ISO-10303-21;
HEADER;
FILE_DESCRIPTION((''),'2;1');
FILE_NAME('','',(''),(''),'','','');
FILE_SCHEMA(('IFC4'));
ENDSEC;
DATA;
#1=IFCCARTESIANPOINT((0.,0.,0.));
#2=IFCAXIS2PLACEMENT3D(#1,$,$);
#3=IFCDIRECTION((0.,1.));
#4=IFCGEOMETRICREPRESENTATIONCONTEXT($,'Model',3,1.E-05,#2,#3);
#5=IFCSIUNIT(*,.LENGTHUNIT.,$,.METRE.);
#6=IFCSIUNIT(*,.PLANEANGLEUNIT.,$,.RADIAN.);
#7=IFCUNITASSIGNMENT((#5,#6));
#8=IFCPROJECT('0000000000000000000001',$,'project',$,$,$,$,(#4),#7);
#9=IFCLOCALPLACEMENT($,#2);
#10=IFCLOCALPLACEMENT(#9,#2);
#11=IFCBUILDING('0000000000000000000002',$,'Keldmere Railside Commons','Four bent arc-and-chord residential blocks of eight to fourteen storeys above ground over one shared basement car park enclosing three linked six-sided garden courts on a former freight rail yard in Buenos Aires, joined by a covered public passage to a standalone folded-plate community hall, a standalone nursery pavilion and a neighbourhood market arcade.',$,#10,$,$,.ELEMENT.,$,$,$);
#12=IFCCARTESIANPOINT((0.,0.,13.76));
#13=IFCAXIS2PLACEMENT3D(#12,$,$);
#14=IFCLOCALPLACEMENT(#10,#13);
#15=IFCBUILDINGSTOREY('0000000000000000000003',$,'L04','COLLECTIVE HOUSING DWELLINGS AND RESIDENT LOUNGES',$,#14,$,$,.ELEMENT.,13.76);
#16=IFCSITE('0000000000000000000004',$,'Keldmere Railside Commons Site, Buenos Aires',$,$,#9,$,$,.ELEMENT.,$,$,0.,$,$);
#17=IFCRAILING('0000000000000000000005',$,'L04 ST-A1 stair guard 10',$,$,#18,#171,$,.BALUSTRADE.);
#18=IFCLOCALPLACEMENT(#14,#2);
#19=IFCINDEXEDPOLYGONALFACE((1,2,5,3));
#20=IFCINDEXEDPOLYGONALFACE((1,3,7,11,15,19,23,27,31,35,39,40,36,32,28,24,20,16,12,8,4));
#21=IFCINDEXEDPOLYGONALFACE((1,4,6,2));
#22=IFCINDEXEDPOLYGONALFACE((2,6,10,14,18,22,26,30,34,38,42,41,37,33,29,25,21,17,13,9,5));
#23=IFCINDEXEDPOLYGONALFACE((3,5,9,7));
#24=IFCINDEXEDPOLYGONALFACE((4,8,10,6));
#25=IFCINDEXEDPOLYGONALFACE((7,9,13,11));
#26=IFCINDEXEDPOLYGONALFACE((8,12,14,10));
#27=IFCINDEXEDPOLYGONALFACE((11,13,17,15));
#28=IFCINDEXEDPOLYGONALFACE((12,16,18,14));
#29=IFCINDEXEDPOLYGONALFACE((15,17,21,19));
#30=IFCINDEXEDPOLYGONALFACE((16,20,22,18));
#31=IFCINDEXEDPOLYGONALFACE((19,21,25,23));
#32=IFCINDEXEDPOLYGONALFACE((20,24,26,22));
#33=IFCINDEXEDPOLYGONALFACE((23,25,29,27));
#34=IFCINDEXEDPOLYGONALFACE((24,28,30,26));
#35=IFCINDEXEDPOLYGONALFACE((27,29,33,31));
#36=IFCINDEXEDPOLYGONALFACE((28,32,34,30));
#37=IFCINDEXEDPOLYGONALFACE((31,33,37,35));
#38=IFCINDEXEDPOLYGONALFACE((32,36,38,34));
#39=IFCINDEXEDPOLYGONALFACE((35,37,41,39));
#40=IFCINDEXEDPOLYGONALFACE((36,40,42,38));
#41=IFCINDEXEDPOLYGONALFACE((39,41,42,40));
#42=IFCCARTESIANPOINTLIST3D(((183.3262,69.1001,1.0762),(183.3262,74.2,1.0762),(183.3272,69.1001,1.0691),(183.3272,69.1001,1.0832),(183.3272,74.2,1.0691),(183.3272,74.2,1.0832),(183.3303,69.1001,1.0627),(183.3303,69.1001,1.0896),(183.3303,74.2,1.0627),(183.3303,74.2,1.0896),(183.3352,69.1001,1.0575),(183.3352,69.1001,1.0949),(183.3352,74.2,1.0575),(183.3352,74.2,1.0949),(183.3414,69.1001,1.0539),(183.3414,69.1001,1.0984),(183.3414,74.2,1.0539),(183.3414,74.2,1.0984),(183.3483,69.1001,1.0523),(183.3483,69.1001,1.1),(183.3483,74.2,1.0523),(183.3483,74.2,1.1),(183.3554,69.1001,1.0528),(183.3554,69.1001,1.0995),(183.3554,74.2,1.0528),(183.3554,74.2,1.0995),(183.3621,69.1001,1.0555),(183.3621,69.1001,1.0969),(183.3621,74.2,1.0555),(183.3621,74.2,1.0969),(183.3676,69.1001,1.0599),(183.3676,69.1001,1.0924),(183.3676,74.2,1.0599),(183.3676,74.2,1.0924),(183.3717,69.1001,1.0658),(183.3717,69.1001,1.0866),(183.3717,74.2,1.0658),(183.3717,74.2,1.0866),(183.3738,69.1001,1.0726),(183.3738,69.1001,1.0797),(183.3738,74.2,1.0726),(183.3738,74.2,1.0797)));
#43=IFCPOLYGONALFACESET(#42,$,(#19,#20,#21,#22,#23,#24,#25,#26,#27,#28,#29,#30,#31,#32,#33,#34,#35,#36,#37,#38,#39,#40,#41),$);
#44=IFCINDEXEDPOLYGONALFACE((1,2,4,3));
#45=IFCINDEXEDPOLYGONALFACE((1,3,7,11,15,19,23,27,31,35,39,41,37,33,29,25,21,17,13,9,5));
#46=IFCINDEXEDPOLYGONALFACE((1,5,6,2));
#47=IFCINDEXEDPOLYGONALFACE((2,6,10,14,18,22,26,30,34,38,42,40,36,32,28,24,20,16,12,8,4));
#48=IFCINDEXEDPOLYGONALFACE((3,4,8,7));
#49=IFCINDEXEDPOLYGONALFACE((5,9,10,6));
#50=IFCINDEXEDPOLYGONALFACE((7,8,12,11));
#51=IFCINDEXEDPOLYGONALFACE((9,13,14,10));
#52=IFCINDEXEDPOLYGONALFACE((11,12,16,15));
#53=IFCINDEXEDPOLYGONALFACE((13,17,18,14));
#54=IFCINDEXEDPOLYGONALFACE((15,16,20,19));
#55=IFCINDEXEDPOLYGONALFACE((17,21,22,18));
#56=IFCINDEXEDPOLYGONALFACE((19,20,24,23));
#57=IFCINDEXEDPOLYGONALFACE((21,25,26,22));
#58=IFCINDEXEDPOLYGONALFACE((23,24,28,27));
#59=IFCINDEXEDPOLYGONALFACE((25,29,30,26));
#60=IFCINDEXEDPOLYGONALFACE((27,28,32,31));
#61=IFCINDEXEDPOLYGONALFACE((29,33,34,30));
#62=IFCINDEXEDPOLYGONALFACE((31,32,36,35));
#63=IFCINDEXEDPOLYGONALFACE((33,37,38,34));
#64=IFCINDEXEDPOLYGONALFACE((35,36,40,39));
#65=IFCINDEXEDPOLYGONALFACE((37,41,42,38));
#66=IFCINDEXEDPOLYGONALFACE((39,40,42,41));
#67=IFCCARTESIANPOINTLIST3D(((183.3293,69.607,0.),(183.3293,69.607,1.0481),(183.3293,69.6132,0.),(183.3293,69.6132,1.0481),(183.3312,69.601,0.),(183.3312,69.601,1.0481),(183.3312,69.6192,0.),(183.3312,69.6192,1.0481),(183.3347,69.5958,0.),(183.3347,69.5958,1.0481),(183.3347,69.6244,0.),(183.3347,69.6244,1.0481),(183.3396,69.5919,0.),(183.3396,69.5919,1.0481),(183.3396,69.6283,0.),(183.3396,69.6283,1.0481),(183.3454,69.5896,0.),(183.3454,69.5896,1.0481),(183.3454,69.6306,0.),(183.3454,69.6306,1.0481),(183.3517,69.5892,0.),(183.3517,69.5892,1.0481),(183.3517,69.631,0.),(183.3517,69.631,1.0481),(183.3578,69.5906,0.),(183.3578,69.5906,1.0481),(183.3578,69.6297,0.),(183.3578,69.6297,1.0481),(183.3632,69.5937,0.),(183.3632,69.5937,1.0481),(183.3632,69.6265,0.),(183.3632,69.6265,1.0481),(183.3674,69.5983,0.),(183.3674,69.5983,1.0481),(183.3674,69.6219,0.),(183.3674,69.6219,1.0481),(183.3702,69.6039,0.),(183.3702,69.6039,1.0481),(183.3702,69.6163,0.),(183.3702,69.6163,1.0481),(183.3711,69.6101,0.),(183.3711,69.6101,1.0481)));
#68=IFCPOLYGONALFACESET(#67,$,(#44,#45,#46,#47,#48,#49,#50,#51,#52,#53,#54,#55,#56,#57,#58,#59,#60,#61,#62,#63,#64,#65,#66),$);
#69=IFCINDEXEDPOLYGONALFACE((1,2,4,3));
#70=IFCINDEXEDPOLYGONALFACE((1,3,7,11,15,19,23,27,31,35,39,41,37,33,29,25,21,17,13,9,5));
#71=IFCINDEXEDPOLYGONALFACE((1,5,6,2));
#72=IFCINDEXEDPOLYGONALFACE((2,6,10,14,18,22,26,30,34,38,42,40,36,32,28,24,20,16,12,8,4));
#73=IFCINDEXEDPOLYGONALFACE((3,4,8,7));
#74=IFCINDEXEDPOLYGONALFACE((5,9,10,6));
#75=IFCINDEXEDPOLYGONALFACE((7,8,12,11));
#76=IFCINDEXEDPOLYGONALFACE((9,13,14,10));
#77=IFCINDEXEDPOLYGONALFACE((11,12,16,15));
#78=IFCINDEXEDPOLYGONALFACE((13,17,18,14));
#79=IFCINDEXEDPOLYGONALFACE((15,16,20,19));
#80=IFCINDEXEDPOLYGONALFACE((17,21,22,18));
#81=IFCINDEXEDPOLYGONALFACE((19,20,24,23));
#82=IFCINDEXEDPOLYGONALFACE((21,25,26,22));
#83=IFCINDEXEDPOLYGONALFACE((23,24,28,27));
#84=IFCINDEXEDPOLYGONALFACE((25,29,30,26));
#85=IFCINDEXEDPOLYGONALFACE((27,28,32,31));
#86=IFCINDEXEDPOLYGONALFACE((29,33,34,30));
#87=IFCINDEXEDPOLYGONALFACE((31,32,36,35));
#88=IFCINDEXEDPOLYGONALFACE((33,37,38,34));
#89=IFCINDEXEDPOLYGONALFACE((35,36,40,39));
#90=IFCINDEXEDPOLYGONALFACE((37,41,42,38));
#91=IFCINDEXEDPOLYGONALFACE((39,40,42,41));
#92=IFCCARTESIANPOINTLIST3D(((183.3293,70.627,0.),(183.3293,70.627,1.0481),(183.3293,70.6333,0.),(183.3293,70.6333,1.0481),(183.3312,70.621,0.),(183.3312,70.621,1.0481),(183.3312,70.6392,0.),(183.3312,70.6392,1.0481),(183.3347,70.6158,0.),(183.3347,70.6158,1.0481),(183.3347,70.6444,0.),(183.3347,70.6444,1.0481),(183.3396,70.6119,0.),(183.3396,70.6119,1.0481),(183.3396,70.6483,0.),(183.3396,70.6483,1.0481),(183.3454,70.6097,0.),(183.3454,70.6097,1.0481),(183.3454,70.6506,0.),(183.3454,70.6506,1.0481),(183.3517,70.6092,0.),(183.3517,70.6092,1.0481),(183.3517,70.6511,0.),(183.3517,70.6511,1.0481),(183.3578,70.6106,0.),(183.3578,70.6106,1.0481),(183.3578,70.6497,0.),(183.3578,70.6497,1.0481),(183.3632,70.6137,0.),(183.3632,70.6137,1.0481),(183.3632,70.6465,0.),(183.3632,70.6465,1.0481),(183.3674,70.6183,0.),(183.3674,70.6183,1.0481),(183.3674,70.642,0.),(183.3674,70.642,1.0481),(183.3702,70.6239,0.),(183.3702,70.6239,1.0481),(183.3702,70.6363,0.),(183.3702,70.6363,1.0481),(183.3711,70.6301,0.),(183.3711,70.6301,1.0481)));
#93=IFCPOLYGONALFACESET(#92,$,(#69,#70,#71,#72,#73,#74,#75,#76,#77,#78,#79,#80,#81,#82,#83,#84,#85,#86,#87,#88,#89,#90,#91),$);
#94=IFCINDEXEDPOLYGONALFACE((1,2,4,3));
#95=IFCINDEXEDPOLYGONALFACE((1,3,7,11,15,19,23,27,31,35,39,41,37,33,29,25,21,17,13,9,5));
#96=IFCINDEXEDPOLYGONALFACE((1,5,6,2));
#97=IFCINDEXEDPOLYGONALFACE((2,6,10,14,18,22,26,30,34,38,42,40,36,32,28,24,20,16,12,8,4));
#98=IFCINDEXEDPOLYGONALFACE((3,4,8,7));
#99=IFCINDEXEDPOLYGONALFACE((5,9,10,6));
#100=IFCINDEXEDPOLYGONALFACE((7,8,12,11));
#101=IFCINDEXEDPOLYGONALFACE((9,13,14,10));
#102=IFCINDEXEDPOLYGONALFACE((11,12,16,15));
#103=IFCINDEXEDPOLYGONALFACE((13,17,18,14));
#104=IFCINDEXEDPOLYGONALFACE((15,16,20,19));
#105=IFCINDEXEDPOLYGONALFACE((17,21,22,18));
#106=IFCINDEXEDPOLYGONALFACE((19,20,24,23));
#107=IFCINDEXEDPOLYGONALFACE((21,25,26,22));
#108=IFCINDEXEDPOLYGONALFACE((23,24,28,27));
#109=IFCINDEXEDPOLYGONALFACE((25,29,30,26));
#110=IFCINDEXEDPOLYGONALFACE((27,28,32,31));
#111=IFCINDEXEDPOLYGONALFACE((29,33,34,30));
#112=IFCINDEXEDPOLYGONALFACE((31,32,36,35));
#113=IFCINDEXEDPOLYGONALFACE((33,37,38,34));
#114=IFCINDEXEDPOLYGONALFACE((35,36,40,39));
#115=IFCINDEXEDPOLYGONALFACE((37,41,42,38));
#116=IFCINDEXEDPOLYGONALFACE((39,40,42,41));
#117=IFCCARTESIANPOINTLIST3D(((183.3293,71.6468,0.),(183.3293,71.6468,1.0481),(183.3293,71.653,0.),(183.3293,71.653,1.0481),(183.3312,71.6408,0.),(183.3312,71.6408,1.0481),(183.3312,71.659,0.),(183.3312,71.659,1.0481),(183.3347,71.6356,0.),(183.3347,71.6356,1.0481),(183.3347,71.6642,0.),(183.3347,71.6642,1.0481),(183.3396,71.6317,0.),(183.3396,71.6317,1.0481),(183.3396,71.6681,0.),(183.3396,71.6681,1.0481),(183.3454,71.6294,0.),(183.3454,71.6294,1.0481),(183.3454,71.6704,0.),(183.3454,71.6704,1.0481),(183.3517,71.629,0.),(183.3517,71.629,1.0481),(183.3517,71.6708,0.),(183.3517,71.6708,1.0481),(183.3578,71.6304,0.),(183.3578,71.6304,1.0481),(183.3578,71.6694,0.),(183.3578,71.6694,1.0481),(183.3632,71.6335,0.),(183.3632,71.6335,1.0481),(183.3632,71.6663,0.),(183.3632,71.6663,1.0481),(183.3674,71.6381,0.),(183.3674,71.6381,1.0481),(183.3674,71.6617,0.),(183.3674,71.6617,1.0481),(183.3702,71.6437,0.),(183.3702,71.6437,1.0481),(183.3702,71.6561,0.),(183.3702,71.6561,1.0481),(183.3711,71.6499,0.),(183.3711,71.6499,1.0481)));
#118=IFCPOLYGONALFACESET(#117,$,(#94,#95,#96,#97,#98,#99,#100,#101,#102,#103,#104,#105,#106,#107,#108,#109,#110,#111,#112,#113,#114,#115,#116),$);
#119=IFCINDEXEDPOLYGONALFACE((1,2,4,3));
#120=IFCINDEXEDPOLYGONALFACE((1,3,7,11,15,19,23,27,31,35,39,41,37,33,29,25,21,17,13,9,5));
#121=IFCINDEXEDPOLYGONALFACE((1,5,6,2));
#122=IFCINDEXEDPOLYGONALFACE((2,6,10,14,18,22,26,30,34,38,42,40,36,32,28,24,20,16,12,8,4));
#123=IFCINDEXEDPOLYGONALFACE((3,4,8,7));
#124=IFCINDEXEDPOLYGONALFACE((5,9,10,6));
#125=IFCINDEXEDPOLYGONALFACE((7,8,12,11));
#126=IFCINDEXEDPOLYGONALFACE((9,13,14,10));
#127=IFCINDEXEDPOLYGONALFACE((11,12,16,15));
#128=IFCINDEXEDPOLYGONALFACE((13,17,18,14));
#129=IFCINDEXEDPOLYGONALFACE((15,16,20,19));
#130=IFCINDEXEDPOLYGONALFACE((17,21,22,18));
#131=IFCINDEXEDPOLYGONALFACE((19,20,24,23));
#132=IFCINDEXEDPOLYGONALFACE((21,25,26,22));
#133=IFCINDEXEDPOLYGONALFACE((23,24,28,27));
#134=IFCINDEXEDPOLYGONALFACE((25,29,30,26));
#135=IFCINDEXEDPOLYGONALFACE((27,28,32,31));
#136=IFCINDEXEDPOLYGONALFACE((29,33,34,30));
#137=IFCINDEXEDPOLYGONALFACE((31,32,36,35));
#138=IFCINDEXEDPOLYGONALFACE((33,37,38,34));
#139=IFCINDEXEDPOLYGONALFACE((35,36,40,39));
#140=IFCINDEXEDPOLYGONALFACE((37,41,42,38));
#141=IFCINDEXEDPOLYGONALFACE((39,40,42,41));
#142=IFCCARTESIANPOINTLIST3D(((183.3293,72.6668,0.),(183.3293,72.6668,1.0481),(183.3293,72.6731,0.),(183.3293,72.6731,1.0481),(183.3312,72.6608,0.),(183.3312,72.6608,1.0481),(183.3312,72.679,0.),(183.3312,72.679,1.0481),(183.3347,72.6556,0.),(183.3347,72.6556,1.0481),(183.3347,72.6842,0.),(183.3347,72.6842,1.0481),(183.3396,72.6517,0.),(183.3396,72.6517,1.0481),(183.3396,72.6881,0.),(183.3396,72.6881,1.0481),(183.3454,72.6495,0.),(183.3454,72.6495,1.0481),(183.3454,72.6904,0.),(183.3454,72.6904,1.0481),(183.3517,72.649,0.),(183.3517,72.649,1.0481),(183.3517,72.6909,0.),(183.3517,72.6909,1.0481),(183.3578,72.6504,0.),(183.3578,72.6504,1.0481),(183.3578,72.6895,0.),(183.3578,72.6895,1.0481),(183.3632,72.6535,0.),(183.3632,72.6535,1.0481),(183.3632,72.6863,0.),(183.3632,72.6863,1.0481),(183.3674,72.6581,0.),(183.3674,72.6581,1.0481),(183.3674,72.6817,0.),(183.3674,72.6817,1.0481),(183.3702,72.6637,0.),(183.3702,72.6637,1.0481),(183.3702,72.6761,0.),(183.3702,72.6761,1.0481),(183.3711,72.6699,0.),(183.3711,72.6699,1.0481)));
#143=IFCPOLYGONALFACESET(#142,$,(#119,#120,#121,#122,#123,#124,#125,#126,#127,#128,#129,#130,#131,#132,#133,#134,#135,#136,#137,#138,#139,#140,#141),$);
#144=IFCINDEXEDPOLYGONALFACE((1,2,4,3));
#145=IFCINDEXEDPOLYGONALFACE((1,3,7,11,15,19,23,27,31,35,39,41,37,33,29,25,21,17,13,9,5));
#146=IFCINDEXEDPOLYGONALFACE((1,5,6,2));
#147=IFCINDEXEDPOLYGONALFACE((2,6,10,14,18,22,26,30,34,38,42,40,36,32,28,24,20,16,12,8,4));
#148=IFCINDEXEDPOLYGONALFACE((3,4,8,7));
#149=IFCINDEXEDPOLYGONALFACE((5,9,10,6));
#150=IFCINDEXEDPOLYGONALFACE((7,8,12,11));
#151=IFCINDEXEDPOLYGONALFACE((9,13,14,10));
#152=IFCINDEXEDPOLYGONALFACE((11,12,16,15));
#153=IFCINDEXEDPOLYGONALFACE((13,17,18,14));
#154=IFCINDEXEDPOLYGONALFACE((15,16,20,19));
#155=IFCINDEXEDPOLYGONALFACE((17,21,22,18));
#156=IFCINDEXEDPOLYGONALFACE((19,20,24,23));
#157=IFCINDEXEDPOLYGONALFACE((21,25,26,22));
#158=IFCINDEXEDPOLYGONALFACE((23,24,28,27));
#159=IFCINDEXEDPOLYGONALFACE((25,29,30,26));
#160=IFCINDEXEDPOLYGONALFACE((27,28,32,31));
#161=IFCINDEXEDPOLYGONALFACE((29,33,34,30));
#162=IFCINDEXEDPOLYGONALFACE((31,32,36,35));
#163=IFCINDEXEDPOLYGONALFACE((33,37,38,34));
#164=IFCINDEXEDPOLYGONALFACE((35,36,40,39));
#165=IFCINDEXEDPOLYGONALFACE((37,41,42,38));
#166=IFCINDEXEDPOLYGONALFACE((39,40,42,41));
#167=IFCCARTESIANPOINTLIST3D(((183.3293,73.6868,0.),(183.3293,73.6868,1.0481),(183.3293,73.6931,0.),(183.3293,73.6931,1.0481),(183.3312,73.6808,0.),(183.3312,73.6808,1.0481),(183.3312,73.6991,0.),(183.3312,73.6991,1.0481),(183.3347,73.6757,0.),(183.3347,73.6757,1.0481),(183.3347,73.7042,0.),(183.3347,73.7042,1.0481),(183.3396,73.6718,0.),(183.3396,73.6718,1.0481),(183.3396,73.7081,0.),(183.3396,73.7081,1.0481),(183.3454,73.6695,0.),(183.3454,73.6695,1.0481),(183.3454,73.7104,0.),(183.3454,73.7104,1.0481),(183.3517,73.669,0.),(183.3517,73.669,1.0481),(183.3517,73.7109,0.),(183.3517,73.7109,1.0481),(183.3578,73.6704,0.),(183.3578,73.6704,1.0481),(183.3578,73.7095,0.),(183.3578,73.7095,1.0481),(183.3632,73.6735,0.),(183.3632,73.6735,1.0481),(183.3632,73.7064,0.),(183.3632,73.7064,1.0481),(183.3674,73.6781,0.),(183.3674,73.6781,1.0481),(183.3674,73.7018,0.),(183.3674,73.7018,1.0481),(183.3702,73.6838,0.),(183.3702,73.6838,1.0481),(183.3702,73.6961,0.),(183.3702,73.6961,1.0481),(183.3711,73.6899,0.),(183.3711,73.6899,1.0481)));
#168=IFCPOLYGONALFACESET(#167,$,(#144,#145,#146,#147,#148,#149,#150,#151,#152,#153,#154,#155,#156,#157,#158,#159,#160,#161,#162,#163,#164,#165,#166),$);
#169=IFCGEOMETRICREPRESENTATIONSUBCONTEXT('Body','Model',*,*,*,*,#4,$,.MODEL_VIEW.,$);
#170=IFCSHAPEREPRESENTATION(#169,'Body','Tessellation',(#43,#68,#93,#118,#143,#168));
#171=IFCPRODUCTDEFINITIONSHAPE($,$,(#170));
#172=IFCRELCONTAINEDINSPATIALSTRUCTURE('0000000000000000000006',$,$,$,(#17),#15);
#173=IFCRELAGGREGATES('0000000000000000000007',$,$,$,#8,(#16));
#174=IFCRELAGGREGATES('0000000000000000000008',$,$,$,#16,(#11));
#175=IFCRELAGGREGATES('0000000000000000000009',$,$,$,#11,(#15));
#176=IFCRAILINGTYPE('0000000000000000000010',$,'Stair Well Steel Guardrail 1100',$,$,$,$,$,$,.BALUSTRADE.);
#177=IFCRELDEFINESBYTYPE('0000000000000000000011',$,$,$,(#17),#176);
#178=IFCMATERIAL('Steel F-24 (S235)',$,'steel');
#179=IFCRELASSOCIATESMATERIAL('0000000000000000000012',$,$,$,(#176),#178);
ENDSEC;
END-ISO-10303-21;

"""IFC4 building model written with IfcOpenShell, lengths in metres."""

from ifc_helpers import new_model, si_unit, direction, frame, origin, origin_2d, place, context, subcontext, project, spatial, circle, extrude, material, type_object, element, save


model = new_model("IFC4")

# Units and contexts
model_context = context("Model", 3, precision=1e-05, world=origin(), true_north=direction((0.0, 1.0)))
body_context = subcontext(model_context, "Body", "Model", "MODEL_VIEW")
ifc_project = project(units=[si_unit("LENGTHUNIT", "METRE"), si_unit("PLANEANGLEUNIT", "RADIAN")], contexts=[model_context])

# Site, building, storey
site_placement = place(None, origin())
site = spatial("IfcSite", under=ifc_project, at=site_placement, Name="Keldmere Railside Commons Site, Buenos Aires", CompositionType="ELEMENT", RefElevation=0.0)
building_placement = place(site_placement, origin())
building = spatial("IfcBuilding", under=site, at=building_placement, Name="Keldmere Railside Commons", Description="Four bent arc-and-chord residential blocks of eight to fourteen storeys above ground over one shared basement car park enclosing three linked six-sided garden courts on a former freight rail yard in Buenos Aires, joined by a covered public passage to a standalone folded-plate community hall, a standalone nursery pavilion and a neighbourhood market arcade.", CompositionType="ELEMENT")
storey_placement = place(building_placement, frame((0.0, 0.0, 13.76)))
storey = spatial("IfcBuildingStorey", under=building, at=storey_placement, Name="L04", Description="COLLECTIVE HOUSING DWELLINGS AND RESIDENT LOUNGES", CompositionType="ELEMENT", Elevation=13.76)

# Shared definitions
ifc_material_1 = material(Name="Steel F-24 (S235)", Category="steel")

# Railing
railing_type_1 = type_object("IfcRailingType", Name="Stair Well Steel Guardrail 1100", PredefinedType="BALUSTRADE", material=ifc_material_1)
railing_1_placement = place(storey_placement, frame((183.3501, 69.1001, 0.0)))
element("IfcRailing", 1, at=railing_1_placement, inside=storey, type_object=railing_type_1, Name="L04 ST-A1 stair guard 10", PredefinedType="BALUSTRADE", context=body_context, shape_type="SweptSolid", body=[
    extrude(circle(Radius=0.0239, at=origin_2d()), frame((0.0, 0.0, 1.0762), z_axis=(0.0, 1.0, 0.0), x_axis=(-1.0, 0.0, 0.0)), (0.0, 0.0, 1.0), 5.0999),
    extrude(circle(Radius=0.021, at=origin_2d()), frame((0.0, 0.51, 0.0)), (0.0, 0.0, 1.0), 1.0481),
    extrude(circle(Radius=0.021, at=origin_2d()), frame((0.0, 1.53, 0.0)), (0.0, 0.0, 1.0), 1.0481),
    extrude(circle(Radius=0.021, at=origin_2d()), frame((0.0, 2.5498, 0.0)), (0.0, 0.0, 1.0), 1.0481),
    extrude(circle(Radius=0.021, at=origin_2d()), frame((0.0, 3.5698, 0.0)), (0.0, 0.0, 1.0), 1.0481),
    extrude(circle(Radius=0.021, at=origin_2d()), frame((0.0, 4.5898, 0.0)), (0.0, 0.0, 1.0), 1.0481),
])

save(model, "model.ifc")
